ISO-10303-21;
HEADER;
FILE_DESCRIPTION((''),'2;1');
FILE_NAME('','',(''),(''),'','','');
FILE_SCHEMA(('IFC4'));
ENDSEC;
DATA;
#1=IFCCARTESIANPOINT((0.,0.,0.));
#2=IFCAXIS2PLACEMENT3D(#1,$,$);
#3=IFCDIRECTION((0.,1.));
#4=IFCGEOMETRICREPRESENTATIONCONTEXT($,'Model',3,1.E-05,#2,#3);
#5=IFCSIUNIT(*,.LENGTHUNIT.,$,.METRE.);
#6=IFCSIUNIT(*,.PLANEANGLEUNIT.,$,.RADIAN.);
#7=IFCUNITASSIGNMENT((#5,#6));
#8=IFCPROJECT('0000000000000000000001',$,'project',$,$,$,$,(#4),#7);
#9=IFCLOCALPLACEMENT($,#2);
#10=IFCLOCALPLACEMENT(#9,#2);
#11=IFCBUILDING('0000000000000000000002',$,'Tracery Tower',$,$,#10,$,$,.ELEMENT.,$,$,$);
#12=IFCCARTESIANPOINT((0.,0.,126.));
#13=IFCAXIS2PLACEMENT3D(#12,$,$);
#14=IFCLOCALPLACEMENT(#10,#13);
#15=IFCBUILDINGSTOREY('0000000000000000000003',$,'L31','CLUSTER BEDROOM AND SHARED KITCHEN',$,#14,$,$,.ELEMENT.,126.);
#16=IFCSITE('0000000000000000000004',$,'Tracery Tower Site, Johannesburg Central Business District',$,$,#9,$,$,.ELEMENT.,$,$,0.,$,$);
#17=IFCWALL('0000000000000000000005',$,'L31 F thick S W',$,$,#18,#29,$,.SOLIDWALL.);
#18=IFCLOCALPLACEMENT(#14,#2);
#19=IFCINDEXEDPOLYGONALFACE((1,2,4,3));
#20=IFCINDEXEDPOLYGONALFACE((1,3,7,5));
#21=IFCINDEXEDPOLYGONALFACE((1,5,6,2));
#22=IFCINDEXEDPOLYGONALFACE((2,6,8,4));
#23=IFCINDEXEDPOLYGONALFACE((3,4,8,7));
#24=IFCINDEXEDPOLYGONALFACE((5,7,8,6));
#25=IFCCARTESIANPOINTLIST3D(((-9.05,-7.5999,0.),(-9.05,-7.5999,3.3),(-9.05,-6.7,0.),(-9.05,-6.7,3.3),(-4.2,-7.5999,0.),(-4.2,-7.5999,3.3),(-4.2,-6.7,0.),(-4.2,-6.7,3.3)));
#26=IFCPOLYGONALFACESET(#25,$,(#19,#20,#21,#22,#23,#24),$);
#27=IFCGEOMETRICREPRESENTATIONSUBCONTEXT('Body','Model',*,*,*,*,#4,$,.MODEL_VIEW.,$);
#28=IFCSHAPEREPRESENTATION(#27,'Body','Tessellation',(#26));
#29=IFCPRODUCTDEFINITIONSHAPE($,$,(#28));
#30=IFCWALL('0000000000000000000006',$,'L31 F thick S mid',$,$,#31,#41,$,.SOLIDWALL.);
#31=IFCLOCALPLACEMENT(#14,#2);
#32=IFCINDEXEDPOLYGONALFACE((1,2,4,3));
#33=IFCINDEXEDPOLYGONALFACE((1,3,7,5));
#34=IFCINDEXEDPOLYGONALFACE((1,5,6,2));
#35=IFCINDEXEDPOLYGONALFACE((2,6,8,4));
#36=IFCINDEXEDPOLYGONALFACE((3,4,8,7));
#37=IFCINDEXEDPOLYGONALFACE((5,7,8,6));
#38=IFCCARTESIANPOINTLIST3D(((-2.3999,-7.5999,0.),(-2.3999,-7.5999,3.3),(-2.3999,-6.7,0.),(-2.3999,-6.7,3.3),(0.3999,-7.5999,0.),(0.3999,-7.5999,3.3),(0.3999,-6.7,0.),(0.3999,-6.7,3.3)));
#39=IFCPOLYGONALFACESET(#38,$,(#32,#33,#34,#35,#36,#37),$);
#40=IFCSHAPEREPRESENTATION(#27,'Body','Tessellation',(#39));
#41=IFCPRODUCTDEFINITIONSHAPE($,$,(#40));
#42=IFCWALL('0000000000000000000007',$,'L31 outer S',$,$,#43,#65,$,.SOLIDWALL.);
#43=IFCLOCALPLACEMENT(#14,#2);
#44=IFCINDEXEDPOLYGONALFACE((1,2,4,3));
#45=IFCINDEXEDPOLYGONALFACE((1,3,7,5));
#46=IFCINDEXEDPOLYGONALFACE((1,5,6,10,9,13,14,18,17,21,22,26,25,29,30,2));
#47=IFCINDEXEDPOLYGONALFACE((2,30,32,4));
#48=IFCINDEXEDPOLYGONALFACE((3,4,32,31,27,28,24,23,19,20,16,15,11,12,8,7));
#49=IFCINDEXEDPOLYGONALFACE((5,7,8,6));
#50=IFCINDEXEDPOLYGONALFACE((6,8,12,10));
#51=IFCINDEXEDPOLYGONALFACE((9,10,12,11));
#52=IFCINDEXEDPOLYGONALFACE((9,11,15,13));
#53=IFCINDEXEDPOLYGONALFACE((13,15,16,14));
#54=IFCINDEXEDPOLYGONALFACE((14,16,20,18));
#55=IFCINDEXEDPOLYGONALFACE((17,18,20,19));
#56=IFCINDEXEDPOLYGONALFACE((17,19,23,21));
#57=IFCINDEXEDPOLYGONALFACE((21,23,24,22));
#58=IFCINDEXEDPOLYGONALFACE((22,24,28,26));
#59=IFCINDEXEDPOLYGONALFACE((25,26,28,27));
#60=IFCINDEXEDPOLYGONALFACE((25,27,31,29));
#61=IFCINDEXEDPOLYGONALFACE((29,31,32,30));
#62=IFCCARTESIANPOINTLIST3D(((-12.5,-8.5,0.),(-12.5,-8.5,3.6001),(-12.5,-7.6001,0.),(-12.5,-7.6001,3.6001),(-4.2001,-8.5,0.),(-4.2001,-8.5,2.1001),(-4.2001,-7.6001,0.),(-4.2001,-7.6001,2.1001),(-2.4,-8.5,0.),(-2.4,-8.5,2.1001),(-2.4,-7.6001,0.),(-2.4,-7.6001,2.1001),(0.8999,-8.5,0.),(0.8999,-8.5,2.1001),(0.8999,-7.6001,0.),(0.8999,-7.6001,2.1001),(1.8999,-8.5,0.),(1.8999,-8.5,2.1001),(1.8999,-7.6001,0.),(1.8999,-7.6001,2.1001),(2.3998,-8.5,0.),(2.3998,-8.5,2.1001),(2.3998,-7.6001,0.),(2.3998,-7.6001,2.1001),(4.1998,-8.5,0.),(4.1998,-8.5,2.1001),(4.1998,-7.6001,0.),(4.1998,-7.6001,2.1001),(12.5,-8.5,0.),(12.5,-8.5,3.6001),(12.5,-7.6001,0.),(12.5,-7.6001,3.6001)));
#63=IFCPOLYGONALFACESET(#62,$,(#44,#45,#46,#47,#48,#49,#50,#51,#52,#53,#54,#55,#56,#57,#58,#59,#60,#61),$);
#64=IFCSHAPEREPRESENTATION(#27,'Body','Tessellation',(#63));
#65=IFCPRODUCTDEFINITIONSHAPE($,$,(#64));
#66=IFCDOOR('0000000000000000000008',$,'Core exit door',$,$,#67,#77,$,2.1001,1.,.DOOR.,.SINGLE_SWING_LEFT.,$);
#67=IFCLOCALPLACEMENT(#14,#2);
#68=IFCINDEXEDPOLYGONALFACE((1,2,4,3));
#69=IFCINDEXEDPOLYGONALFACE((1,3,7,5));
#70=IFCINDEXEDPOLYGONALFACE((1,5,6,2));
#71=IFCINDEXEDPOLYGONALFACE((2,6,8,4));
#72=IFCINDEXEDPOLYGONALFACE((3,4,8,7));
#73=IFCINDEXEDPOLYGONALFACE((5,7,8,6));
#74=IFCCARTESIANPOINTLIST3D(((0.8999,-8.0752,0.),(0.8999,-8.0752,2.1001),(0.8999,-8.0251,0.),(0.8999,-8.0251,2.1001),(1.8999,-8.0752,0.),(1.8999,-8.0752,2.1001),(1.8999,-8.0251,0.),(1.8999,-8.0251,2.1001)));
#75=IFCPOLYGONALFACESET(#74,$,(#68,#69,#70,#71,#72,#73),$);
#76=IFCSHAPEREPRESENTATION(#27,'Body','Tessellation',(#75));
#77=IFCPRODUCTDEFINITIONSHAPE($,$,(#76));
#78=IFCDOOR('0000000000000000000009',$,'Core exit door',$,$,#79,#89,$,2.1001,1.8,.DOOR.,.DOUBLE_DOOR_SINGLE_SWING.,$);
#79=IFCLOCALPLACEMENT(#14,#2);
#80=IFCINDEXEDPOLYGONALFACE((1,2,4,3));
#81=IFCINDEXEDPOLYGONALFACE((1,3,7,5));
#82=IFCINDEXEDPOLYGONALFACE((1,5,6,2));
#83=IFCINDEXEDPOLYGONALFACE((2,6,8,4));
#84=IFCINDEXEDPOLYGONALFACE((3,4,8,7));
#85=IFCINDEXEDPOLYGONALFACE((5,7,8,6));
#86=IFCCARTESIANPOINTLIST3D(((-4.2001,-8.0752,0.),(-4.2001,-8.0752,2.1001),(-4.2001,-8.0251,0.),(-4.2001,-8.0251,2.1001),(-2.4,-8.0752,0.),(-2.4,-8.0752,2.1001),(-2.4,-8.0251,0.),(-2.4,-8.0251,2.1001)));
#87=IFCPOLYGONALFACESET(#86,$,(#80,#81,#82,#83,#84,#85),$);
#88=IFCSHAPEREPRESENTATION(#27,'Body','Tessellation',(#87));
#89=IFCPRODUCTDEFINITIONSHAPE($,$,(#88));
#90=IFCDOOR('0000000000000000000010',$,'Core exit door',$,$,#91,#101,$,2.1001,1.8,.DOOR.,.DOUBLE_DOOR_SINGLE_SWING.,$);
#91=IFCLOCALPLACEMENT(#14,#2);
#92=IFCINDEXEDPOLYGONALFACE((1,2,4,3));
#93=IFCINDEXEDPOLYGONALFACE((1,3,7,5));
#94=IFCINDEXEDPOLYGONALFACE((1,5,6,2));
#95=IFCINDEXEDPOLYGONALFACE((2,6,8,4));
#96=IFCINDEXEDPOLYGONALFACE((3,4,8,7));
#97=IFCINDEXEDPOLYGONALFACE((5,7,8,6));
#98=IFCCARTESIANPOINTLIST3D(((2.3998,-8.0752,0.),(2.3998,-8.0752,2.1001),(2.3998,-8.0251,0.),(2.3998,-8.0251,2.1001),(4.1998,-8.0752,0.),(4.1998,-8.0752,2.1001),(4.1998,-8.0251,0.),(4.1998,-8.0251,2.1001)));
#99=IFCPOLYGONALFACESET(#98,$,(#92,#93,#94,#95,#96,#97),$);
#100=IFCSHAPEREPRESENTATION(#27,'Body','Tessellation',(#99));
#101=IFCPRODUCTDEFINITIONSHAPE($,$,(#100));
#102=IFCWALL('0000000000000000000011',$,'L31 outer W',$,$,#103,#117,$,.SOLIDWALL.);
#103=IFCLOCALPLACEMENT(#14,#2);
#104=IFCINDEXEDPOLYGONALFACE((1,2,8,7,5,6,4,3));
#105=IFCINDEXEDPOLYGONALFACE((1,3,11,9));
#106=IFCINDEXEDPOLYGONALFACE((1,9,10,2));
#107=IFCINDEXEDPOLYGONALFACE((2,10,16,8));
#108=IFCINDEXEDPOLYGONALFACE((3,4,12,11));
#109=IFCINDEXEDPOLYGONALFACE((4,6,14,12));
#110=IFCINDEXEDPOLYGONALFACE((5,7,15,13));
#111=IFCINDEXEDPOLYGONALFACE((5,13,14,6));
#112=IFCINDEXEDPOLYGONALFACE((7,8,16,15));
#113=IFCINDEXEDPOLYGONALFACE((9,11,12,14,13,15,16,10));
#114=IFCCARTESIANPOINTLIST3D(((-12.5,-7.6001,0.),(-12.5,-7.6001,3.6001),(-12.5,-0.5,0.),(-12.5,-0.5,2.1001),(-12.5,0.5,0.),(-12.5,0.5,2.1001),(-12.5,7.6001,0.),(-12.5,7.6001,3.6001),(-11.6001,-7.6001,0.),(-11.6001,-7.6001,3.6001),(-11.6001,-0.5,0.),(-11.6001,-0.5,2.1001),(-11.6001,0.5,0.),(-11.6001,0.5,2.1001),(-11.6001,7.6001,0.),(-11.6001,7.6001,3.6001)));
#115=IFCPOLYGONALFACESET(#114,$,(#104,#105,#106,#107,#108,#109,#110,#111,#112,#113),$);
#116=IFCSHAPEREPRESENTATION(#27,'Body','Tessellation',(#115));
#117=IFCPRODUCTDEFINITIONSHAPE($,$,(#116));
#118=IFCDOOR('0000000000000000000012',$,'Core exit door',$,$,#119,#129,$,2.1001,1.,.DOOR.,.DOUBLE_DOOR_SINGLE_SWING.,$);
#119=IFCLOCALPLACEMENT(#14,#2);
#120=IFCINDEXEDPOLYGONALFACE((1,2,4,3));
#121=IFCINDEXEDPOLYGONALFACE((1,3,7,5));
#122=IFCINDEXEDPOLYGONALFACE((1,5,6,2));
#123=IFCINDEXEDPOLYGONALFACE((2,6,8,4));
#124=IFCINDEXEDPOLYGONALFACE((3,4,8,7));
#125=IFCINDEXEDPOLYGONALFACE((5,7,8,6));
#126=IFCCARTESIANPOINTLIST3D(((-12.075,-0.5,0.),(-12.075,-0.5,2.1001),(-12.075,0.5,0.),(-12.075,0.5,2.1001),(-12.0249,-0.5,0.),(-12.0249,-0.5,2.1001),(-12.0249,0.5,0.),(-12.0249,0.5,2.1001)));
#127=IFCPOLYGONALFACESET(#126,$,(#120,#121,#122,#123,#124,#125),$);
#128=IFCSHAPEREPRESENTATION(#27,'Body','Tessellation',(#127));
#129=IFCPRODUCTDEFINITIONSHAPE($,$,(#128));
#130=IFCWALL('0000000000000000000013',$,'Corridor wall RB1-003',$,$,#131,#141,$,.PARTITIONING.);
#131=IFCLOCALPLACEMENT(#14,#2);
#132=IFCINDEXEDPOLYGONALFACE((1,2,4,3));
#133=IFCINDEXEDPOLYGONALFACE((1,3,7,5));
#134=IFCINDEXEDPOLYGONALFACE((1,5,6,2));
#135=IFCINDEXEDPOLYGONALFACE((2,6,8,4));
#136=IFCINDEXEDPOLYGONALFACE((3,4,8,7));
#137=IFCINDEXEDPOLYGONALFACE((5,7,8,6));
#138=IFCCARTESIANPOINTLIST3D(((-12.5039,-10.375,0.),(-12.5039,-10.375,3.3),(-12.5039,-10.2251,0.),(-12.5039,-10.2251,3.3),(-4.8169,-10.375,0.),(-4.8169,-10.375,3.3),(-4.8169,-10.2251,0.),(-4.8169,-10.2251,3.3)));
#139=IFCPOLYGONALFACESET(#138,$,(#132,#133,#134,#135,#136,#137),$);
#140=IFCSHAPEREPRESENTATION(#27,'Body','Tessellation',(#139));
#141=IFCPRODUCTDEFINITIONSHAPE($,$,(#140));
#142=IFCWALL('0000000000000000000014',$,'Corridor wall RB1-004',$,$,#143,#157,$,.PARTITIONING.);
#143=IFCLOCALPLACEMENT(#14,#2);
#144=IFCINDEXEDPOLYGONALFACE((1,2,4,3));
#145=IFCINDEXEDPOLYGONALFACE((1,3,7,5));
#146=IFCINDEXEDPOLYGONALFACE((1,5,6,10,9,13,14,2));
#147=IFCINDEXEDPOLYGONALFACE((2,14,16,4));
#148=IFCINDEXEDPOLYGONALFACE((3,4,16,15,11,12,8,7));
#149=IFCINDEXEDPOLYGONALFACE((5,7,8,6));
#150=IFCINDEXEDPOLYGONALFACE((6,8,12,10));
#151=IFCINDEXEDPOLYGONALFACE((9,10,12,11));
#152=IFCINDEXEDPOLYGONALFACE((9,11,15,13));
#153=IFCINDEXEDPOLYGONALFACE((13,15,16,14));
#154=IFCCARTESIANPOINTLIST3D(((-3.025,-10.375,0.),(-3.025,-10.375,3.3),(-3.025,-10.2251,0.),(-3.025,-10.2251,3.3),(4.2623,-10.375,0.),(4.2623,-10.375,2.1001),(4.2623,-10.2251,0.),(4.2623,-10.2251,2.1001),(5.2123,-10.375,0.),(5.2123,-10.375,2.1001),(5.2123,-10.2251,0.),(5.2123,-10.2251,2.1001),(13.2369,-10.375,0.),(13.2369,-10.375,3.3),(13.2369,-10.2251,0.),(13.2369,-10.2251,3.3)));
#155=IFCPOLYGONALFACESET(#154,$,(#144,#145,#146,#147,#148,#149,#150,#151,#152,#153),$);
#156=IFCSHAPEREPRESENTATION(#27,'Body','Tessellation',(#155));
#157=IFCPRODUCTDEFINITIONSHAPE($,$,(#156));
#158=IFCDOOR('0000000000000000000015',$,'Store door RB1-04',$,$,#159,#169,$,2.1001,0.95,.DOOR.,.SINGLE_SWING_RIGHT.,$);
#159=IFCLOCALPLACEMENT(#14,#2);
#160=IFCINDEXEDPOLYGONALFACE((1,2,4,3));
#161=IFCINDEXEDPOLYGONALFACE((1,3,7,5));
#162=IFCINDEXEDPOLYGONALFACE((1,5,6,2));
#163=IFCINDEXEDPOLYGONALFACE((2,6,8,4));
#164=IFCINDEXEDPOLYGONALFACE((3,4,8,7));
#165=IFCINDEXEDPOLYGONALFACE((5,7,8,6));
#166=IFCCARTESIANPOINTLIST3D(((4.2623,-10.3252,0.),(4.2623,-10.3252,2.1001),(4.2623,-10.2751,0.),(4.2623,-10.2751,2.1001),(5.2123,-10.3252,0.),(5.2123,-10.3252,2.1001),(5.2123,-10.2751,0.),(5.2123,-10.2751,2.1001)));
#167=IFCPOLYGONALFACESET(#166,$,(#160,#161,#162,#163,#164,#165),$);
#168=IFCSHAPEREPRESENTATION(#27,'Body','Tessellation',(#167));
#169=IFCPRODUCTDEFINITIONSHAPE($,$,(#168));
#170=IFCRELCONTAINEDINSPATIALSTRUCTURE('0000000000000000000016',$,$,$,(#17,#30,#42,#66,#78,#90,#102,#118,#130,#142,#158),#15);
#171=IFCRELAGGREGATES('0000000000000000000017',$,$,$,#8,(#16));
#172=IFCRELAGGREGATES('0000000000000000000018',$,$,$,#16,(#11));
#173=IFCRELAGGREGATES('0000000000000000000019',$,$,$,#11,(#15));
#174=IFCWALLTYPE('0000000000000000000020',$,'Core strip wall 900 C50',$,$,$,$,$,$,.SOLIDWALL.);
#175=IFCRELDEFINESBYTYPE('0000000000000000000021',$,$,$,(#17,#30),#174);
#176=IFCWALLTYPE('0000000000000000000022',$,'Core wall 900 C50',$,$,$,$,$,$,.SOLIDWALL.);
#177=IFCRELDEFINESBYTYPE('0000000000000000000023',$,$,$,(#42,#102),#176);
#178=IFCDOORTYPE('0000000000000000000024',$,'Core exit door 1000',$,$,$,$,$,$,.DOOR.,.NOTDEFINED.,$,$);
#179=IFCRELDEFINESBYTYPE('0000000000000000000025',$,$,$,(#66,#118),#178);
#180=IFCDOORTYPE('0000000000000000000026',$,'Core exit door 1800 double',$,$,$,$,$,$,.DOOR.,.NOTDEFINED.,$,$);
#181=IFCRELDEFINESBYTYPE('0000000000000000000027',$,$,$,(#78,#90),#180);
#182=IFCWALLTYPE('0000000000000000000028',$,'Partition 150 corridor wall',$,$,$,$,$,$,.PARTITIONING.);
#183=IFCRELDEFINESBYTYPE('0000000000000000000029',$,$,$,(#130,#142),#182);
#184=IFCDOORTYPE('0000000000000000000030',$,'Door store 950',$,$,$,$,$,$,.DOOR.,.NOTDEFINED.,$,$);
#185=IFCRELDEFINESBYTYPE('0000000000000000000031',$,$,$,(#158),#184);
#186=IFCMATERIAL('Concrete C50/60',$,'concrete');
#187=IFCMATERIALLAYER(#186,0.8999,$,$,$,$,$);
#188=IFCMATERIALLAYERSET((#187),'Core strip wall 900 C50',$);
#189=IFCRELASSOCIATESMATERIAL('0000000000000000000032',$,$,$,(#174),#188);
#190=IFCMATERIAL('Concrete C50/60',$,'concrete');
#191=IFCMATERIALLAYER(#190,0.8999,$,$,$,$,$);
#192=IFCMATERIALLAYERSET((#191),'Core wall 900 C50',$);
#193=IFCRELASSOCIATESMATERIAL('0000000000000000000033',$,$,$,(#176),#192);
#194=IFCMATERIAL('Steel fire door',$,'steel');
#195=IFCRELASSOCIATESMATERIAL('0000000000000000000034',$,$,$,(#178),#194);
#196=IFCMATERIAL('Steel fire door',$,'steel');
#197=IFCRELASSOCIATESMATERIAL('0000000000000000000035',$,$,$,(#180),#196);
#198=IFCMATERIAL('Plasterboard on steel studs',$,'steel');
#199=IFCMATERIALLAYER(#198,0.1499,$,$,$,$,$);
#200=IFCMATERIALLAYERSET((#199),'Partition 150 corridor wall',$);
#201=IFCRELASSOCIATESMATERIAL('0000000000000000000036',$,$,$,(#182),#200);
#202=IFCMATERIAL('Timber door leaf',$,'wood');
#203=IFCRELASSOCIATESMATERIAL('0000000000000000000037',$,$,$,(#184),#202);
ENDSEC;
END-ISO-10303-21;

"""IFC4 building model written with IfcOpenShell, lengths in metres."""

from ifc_helpers import new_model, si_unit, direction, frame, frame_2d, origin, place, context, subcontext, project, spatial, rectangle, extrude, material, layer, layer_set, type_object, element, fill, save


model = new_model("IFC4")

# Units and contexts
model_context = context("Model", 3, precision=1e-05, world=origin(), true_north=direction((0.0, 1.0)))
body_context = subcontext(model_context, "Body", "Model", "MODEL_VIEW")
ifc_project = project(units=[si_unit("LENGTHUNIT", "METRE"), si_unit("PLANEANGLEUNIT", "RADIAN")], contexts=[model_context])

# Site, building, storey
site_placement = place(None, origin())
site = spatial("IfcSite", under=ifc_project, at=site_placement, Name="Tracery Tower Site, Johannesburg Central Business District", CompositionType="ELEMENT", RefElevation=0.0)
building_placement = place(site_placement, origin())
building = spatial("IfcBuilding", under=site, at=building_placement, Name="Tracery Tower", CompositionType="ELEMENT")
storey_placement = place(building_placement, frame((0.0, 0.0, 126.0)))
storey = spatial("IfcBuildingStorey", under=building, at=storey_placement, Name="L31", Description="CLUSTER BEDROOM AND SHARED KITCHEN", CompositionType="ELEMENT", Elevation=126.0)

# Walls
ifc_material_1 = material(Name="Concrete C50/60", Category="concrete")
ifc_layer_1 = layer(ifc_material_1, 0.8999)
ifc_layer_set_1 = layer_set([ifc_layer_1], Name="Core strip wall 900 C50")
wall_type_1 = type_object("IfcWallType", Name="Core strip wall 900 C50", PredefinedType="SOLIDWALL", material=ifc_layer_set_1)
wall_1_placement = place(storey_placement, frame((-9.05, -7.1499, 0.0), z_axis=(0.0, 0.0, 1.0), x_axis=(1.0, 0.0, 0.0)))
element("IfcWall", 1, at=wall_1_placement, inside=storey, type_object=wall_type_1, Name="L31 F thick S W", PredefinedType="SOLIDWALL", context=body_context, shape_type="SweptSolid", body=[
    extrude(rectangle(XDim=4.8501, YDim=0.8999, at=frame_2d((2.425, 0.0))), origin(), (0.0, 0.0, 1.0), 3.3),
])
wall_2_placement = place(storey_placement, frame((-2.3999, -7.1499, 0.0), z_axis=(0.0, 0.0, 1.0), x_axis=(1.0, 0.0, 0.0)))
element("IfcWall", 2, at=wall_2_placement, inside=storey, type_object=wall_type_1, Name="L31 F thick S mid", PredefinedType="SOLIDWALL", context=body_context, shape_type="SweptSolid", body=[
    extrude(rectangle(XDim=2.7998, YDim=0.8999, at=frame_2d((1.3999, 0.0))), origin(), (0.0, 0.0, 1.0), 3.3),
])

# Wall, openings, doors
ifc_material_2 = material(Name="Concrete C50/60", Category="concrete")
ifc_layer_2 = layer(ifc_material_2, 0.8999)
ifc_layer_set_2 = layer_set([ifc_layer_2], Name="Core wall 900 C50")
wall_type_2 = type_object("IfcWallType", Name="Core wall 900 C50", PredefinedType="SOLIDWALL", material=ifc_layer_set_2)
wall_3_placement = place(storey_placement, frame((-12.5, -8.05, 0.0), z_axis=(0.0, 0.0, 1.0), x_axis=(1.0, 0.0, 0.0)))
wall_3 = element("IfcWall", 3, at=wall_3_placement, inside=storey, type_object=wall_type_2, Name="L31 outer S", PredefinedType="SOLIDWALL", context=body_context, shape_type="SweptSolid", body=[
    extrude(rectangle(XDim=25.0, YDim=0.8999, at=frame_2d((12.5, 0.0))), origin(), (0.0, 0.0, 1.0), 3.6001),
])
opening_1_placement = place(wall_3_placement, frame((13.3999, 0.0, 0.0)))
opening_1 = element("IfcOpeningElement", 4, at=opening_1_placement, cuts=wall_3, PredefinedType="OPENING", context=body_context, shape_type="SweptSolid", body=[
    extrude(rectangle(XDim=1.0, YDim=2.1001, at=frame_2d((0.5, 1.05))), frame((0.0, 0.45, 0.0), z_axis=(0.0, -1.0, 0.0), x_axis=(1.0, 0.0, 0.0)), (0.0, 0.0, 1.0), 0.8999),
])
opening_2_placement = place(wall_3_placement, frame((8.3, 0.0, 0.0)))
opening_2 = element("IfcOpeningElement", 5, at=opening_2_placement, cuts=wall_3, PredefinedType="OPENING", context=body_context, shape_type="SweptSolid", body=[
    extrude(rectangle(XDim=1.8, YDim=2.1001, at=frame_2d((0.8999, 1.05))), frame((0.0, 0.45, 0.0), z_axis=(0.0, -1.0, 0.0), x_axis=(1.0, 0.0, 0.0)), (0.0, 0.0, 1.0), 0.8999),
])
opening_3_placement = place(wall_3_placement, frame((14.8999, 0.0, 0.0)))
opening_3 = element("IfcOpeningElement", 6, at=opening_3_placement, cuts=wall_3, PredefinedType="OPENING", context=body_context, shape_type="SweptSolid", body=[
    extrude(rectangle(XDim=1.8, YDim=2.1001, at=frame_2d((0.8999, 1.05))), frame((0.0, 0.45, 0.0), z_axis=(0.0, -1.0, 0.0), x_axis=(1.0, 0.0, 0.0)), (0.0, 0.0, 1.0), 0.8999),
])
ifc_material_3 = material(Name="Steel fire door", Category="steel")
door_type_1 = type_object("IfcDoorType", Name="Core exit door 1000", OperationType="NOTDEFINED", PredefinedType="DOOR", material=ifc_material_3)
door_1_placement = place(opening_1_placement, origin())
door_1 = element("IfcDoor", 7, at=door_1_placement, inside=storey, type_object=door_type_1, Name="Core exit door", OperationType="SINGLE_SWING_LEFT", OverallHeight=2.1001, OverallWidth=1.0, PredefinedType="DOOR", context=body_context, shape_type="SweptSolid", body=[
    extrude(rectangle(XDim=1.0, YDim=2.1001, at=frame_2d((0.5, 1.05))), frame((0.0, 0.0249, 0.0), z_axis=(0.0, -1.0, 0.0), x_axis=(1.0, 0.0, 0.0)), (0.0, 0.0, 1.0), 0.05),
])
fill(opening_1, door_1)
ifc_material_4 = material(Name="Steel fire door", Category="steel")
door_type_2 = type_object("IfcDoorType", Name="Core exit door 1800 double", OperationType="NOTDEFINED", PredefinedType="DOOR", material=ifc_material_4)
door_2_placement = place(opening_2_placement, origin())
door_2 = element("IfcDoor", 8, at=door_2_placement, inside=storey, type_object=door_type_2, Name="Core exit door", OperationType="DOUBLE_DOOR_SINGLE_SWING", OverallHeight=2.1001, OverallWidth=1.8, PredefinedType="DOOR", context=body_context, shape_type="SweptSolid", body=[
    extrude(rectangle(XDim=1.8, YDim=2.1001, at=frame_2d((0.8999, 1.05))), frame((0.0, 0.0249, 0.0), z_axis=(0.0, -1.0, 0.0), x_axis=(1.0, 0.0, 0.0)), (0.0, 0.0, 1.0), 0.05),
])
fill(opening_2, door_2)
door_3_placement = place(opening_3_placement, origin())
door_3 = element("IfcDoor", 9, at=door_3_placement, inside=storey, type_object=door_type_2, Name="Core exit door", OperationType="DOUBLE_DOOR_SINGLE_SWING", OverallHeight=2.1001, OverallWidth=1.8, PredefinedType="DOOR", context=body_context, shape_type="SweptSolid", body=[
    extrude(rectangle(XDim=1.8, YDim=2.1001, at=frame_2d((0.8999, 1.05))), frame((0.0, 0.0249, 0.0), z_axis=(0.0, -1.0, 0.0), x_axis=(1.0, 0.0, 0.0)), (0.0, 0.0, 1.0), 0.05),
])
fill(opening_3, door_3)

# Wall, opening, door
wall_4_placement = place(storey_placement, frame((-12.05, -7.6001, 0.0), z_axis=(0.0, 0.0, 1.0), x_axis=(0.0, 1.0, 0.0)))
wall_4 = element("IfcWall", 10, at=wall_4_placement, inside=storey, type_object=wall_type_2, Name="L31 outer W", PredefinedType="SOLIDWALL", context=body_context, shape_type="SweptSolid", body=[
    extrude(rectangle(XDim=15.2002, YDim=0.8999, at=frame_2d((7.6001, 0.0))), origin(), (0.0, 0.0, 1.0), 3.6001),
])
opening_4_placement = place(wall_4_placement, frame((7.1001, 0.0, 0.0)))
opening_4 = element("IfcOpeningElement", 11, at=opening_4_placement, cuts=wall_4, PredefinedType="OPENING", context=body_context, shape_type="SweptSolid", body=[
    extrude(rectangle(XDim=1.0, YDim=2.1001, at=frame_2d((0.5, 1.05))), frame((0.0, 0.45, 0.0), z_axis=(0.0, -1.0, 0.0), x_axis=(1.0, 0.0, 0.0)), (0.0, 0.0, 1.0), 0.8999),
])
door_4_placement = place(opening_4_placement, origin())
door_4 = element("IfcDoor", 12, at=door_4_placement, inside=storey, type_object=door_type_1, Name="Core exit door", OperationType="DOUBLE_DOOR_SINGLE_SWING", OverallHeight=2.1001, OverallWidth=1.0, PredefinedType="DOOR", context=body_context, shape_type="SweptSolid", body=[
    extrude(rectangle(XDim=1.0, YDim=2.1001, at=frame_2d((0.5, 1.05))), frame((0.0, 0.0249, 0.0), z_axis=(0.0, -1.0, 0.0), x_axis=(1.0, 0.0, 0.0)), (0.0, 0.0, 1.0), 0.05),
])
fill(opening_4, door_4)

# Wall
ifc_material_5 = material(Name="Plasterboard on steel studs", Category="steel")
ifc_layer_3 = layer(ifc_material_5, 0.1499)
ifc_layer_set_3 = layer_set([ifc_layer_3], Name="Partition 150 corridor wall")
wall_type_3 = type_object("IfcWallType", Name="Partition 150 corridor wall", PredefinedType="PARTITIONING", material=ifc_layer_set_3)
wall_5_placement = place(storey_placement, frame((-12.5039, -10.3, 0.0), z_axis=(0.0, 0.0, 1.0), x_axis=(1.0, 0.0, 0.0)))
element("IfcWall", 13, at=wall_5_placement, inside=storey, type_object=wall_type_3, Name="Corridor wall RB1-003", PredefinedType="PARTITIONING", context=body_context, shape_type="SweptSolid", body=[
    extrude(rectangle(XDim=7.687, YDim=0.1499, at=frame_2d((3.8435, 0.0))), origin(), (0.0, 0.0, 1.0), 3.3),
])

# Wall, opening, door
wall_6_placement = place(storey_placement, frame((-3.0249, -10.3, 0.0), z_axis=(0.0, 0.0, 1.0), x_axis=(1.0, 0.0, 0.0)))
wall_6 = element("IfcWall", 14, at=wall_6_placement, inside=storey, type_object=wall_type_3, Name="Corridor wall RB1-004", PredefinedType="PARTITIONING", context=body_context, shape_type="SweptSolid", body=[
    extrude(rectangle(XDim=16.262, YDim=0.1499, at=frame_2d((8.1309, 0.0))), origin(), (0.0, 0.0, 1.0), 3.3),
])
opening_5_placement = place(wall_6_placement, frame((7.2871, 0.0, 0.0)))
opening_5 = element("IfcOpeningElement", 15, at=opening_5_placement, cuts=wall_6, PredefinedType="OPENING", context=body_context, shape_type="SweptSolid", body=[
    extrude(rectangle(XDim=0.95, YDim=2.1001, at=frame_2d((0.4751, 1.05))), frame((0.0, 0.075, 0.0), z_axis=(0.0, -1.0, 0.0), x_axis=(1.0, 0.0, 0.0)), (0.0, 0.0, 1.0), 0.1499),
])
ifc_material_6 = material(Name="Timber door leaf", Category="wood")
door_type_3 = type_object("IfcDoorType", Name="Door store 950", OperationType="NOTDEFINED", PredefinedType="DOOR", material=ifc_material_6)
door_5_placement = place(opening_5_placement, origin())
door_5 = element("IfcDoor", 16, at=door_5_placement, inside=storey, type_object=door_type_3, Name="Store door RB1-04", OperationType="SINGLE_SWING_RIGHT", OverallHeight=2.1001, OverallWidth=0.95, PredefinedType="DOOR", context=body_context, shape_type="SweptSolid", body=[
    extrude(rectangle(XDim=0.95, YDim=2.1001, at=frame_2d((0.4751, 1.05))), frame((0.0, 0.0249, 0.0), z_axis=(0.0, -1.0, 0.0), x_axis=(1.0, 0.0, 0.0)), (0.0, 0.0, 1.0), 0.05),
])
fill(opening_5, door_5)

save(model, "model.ifc")
